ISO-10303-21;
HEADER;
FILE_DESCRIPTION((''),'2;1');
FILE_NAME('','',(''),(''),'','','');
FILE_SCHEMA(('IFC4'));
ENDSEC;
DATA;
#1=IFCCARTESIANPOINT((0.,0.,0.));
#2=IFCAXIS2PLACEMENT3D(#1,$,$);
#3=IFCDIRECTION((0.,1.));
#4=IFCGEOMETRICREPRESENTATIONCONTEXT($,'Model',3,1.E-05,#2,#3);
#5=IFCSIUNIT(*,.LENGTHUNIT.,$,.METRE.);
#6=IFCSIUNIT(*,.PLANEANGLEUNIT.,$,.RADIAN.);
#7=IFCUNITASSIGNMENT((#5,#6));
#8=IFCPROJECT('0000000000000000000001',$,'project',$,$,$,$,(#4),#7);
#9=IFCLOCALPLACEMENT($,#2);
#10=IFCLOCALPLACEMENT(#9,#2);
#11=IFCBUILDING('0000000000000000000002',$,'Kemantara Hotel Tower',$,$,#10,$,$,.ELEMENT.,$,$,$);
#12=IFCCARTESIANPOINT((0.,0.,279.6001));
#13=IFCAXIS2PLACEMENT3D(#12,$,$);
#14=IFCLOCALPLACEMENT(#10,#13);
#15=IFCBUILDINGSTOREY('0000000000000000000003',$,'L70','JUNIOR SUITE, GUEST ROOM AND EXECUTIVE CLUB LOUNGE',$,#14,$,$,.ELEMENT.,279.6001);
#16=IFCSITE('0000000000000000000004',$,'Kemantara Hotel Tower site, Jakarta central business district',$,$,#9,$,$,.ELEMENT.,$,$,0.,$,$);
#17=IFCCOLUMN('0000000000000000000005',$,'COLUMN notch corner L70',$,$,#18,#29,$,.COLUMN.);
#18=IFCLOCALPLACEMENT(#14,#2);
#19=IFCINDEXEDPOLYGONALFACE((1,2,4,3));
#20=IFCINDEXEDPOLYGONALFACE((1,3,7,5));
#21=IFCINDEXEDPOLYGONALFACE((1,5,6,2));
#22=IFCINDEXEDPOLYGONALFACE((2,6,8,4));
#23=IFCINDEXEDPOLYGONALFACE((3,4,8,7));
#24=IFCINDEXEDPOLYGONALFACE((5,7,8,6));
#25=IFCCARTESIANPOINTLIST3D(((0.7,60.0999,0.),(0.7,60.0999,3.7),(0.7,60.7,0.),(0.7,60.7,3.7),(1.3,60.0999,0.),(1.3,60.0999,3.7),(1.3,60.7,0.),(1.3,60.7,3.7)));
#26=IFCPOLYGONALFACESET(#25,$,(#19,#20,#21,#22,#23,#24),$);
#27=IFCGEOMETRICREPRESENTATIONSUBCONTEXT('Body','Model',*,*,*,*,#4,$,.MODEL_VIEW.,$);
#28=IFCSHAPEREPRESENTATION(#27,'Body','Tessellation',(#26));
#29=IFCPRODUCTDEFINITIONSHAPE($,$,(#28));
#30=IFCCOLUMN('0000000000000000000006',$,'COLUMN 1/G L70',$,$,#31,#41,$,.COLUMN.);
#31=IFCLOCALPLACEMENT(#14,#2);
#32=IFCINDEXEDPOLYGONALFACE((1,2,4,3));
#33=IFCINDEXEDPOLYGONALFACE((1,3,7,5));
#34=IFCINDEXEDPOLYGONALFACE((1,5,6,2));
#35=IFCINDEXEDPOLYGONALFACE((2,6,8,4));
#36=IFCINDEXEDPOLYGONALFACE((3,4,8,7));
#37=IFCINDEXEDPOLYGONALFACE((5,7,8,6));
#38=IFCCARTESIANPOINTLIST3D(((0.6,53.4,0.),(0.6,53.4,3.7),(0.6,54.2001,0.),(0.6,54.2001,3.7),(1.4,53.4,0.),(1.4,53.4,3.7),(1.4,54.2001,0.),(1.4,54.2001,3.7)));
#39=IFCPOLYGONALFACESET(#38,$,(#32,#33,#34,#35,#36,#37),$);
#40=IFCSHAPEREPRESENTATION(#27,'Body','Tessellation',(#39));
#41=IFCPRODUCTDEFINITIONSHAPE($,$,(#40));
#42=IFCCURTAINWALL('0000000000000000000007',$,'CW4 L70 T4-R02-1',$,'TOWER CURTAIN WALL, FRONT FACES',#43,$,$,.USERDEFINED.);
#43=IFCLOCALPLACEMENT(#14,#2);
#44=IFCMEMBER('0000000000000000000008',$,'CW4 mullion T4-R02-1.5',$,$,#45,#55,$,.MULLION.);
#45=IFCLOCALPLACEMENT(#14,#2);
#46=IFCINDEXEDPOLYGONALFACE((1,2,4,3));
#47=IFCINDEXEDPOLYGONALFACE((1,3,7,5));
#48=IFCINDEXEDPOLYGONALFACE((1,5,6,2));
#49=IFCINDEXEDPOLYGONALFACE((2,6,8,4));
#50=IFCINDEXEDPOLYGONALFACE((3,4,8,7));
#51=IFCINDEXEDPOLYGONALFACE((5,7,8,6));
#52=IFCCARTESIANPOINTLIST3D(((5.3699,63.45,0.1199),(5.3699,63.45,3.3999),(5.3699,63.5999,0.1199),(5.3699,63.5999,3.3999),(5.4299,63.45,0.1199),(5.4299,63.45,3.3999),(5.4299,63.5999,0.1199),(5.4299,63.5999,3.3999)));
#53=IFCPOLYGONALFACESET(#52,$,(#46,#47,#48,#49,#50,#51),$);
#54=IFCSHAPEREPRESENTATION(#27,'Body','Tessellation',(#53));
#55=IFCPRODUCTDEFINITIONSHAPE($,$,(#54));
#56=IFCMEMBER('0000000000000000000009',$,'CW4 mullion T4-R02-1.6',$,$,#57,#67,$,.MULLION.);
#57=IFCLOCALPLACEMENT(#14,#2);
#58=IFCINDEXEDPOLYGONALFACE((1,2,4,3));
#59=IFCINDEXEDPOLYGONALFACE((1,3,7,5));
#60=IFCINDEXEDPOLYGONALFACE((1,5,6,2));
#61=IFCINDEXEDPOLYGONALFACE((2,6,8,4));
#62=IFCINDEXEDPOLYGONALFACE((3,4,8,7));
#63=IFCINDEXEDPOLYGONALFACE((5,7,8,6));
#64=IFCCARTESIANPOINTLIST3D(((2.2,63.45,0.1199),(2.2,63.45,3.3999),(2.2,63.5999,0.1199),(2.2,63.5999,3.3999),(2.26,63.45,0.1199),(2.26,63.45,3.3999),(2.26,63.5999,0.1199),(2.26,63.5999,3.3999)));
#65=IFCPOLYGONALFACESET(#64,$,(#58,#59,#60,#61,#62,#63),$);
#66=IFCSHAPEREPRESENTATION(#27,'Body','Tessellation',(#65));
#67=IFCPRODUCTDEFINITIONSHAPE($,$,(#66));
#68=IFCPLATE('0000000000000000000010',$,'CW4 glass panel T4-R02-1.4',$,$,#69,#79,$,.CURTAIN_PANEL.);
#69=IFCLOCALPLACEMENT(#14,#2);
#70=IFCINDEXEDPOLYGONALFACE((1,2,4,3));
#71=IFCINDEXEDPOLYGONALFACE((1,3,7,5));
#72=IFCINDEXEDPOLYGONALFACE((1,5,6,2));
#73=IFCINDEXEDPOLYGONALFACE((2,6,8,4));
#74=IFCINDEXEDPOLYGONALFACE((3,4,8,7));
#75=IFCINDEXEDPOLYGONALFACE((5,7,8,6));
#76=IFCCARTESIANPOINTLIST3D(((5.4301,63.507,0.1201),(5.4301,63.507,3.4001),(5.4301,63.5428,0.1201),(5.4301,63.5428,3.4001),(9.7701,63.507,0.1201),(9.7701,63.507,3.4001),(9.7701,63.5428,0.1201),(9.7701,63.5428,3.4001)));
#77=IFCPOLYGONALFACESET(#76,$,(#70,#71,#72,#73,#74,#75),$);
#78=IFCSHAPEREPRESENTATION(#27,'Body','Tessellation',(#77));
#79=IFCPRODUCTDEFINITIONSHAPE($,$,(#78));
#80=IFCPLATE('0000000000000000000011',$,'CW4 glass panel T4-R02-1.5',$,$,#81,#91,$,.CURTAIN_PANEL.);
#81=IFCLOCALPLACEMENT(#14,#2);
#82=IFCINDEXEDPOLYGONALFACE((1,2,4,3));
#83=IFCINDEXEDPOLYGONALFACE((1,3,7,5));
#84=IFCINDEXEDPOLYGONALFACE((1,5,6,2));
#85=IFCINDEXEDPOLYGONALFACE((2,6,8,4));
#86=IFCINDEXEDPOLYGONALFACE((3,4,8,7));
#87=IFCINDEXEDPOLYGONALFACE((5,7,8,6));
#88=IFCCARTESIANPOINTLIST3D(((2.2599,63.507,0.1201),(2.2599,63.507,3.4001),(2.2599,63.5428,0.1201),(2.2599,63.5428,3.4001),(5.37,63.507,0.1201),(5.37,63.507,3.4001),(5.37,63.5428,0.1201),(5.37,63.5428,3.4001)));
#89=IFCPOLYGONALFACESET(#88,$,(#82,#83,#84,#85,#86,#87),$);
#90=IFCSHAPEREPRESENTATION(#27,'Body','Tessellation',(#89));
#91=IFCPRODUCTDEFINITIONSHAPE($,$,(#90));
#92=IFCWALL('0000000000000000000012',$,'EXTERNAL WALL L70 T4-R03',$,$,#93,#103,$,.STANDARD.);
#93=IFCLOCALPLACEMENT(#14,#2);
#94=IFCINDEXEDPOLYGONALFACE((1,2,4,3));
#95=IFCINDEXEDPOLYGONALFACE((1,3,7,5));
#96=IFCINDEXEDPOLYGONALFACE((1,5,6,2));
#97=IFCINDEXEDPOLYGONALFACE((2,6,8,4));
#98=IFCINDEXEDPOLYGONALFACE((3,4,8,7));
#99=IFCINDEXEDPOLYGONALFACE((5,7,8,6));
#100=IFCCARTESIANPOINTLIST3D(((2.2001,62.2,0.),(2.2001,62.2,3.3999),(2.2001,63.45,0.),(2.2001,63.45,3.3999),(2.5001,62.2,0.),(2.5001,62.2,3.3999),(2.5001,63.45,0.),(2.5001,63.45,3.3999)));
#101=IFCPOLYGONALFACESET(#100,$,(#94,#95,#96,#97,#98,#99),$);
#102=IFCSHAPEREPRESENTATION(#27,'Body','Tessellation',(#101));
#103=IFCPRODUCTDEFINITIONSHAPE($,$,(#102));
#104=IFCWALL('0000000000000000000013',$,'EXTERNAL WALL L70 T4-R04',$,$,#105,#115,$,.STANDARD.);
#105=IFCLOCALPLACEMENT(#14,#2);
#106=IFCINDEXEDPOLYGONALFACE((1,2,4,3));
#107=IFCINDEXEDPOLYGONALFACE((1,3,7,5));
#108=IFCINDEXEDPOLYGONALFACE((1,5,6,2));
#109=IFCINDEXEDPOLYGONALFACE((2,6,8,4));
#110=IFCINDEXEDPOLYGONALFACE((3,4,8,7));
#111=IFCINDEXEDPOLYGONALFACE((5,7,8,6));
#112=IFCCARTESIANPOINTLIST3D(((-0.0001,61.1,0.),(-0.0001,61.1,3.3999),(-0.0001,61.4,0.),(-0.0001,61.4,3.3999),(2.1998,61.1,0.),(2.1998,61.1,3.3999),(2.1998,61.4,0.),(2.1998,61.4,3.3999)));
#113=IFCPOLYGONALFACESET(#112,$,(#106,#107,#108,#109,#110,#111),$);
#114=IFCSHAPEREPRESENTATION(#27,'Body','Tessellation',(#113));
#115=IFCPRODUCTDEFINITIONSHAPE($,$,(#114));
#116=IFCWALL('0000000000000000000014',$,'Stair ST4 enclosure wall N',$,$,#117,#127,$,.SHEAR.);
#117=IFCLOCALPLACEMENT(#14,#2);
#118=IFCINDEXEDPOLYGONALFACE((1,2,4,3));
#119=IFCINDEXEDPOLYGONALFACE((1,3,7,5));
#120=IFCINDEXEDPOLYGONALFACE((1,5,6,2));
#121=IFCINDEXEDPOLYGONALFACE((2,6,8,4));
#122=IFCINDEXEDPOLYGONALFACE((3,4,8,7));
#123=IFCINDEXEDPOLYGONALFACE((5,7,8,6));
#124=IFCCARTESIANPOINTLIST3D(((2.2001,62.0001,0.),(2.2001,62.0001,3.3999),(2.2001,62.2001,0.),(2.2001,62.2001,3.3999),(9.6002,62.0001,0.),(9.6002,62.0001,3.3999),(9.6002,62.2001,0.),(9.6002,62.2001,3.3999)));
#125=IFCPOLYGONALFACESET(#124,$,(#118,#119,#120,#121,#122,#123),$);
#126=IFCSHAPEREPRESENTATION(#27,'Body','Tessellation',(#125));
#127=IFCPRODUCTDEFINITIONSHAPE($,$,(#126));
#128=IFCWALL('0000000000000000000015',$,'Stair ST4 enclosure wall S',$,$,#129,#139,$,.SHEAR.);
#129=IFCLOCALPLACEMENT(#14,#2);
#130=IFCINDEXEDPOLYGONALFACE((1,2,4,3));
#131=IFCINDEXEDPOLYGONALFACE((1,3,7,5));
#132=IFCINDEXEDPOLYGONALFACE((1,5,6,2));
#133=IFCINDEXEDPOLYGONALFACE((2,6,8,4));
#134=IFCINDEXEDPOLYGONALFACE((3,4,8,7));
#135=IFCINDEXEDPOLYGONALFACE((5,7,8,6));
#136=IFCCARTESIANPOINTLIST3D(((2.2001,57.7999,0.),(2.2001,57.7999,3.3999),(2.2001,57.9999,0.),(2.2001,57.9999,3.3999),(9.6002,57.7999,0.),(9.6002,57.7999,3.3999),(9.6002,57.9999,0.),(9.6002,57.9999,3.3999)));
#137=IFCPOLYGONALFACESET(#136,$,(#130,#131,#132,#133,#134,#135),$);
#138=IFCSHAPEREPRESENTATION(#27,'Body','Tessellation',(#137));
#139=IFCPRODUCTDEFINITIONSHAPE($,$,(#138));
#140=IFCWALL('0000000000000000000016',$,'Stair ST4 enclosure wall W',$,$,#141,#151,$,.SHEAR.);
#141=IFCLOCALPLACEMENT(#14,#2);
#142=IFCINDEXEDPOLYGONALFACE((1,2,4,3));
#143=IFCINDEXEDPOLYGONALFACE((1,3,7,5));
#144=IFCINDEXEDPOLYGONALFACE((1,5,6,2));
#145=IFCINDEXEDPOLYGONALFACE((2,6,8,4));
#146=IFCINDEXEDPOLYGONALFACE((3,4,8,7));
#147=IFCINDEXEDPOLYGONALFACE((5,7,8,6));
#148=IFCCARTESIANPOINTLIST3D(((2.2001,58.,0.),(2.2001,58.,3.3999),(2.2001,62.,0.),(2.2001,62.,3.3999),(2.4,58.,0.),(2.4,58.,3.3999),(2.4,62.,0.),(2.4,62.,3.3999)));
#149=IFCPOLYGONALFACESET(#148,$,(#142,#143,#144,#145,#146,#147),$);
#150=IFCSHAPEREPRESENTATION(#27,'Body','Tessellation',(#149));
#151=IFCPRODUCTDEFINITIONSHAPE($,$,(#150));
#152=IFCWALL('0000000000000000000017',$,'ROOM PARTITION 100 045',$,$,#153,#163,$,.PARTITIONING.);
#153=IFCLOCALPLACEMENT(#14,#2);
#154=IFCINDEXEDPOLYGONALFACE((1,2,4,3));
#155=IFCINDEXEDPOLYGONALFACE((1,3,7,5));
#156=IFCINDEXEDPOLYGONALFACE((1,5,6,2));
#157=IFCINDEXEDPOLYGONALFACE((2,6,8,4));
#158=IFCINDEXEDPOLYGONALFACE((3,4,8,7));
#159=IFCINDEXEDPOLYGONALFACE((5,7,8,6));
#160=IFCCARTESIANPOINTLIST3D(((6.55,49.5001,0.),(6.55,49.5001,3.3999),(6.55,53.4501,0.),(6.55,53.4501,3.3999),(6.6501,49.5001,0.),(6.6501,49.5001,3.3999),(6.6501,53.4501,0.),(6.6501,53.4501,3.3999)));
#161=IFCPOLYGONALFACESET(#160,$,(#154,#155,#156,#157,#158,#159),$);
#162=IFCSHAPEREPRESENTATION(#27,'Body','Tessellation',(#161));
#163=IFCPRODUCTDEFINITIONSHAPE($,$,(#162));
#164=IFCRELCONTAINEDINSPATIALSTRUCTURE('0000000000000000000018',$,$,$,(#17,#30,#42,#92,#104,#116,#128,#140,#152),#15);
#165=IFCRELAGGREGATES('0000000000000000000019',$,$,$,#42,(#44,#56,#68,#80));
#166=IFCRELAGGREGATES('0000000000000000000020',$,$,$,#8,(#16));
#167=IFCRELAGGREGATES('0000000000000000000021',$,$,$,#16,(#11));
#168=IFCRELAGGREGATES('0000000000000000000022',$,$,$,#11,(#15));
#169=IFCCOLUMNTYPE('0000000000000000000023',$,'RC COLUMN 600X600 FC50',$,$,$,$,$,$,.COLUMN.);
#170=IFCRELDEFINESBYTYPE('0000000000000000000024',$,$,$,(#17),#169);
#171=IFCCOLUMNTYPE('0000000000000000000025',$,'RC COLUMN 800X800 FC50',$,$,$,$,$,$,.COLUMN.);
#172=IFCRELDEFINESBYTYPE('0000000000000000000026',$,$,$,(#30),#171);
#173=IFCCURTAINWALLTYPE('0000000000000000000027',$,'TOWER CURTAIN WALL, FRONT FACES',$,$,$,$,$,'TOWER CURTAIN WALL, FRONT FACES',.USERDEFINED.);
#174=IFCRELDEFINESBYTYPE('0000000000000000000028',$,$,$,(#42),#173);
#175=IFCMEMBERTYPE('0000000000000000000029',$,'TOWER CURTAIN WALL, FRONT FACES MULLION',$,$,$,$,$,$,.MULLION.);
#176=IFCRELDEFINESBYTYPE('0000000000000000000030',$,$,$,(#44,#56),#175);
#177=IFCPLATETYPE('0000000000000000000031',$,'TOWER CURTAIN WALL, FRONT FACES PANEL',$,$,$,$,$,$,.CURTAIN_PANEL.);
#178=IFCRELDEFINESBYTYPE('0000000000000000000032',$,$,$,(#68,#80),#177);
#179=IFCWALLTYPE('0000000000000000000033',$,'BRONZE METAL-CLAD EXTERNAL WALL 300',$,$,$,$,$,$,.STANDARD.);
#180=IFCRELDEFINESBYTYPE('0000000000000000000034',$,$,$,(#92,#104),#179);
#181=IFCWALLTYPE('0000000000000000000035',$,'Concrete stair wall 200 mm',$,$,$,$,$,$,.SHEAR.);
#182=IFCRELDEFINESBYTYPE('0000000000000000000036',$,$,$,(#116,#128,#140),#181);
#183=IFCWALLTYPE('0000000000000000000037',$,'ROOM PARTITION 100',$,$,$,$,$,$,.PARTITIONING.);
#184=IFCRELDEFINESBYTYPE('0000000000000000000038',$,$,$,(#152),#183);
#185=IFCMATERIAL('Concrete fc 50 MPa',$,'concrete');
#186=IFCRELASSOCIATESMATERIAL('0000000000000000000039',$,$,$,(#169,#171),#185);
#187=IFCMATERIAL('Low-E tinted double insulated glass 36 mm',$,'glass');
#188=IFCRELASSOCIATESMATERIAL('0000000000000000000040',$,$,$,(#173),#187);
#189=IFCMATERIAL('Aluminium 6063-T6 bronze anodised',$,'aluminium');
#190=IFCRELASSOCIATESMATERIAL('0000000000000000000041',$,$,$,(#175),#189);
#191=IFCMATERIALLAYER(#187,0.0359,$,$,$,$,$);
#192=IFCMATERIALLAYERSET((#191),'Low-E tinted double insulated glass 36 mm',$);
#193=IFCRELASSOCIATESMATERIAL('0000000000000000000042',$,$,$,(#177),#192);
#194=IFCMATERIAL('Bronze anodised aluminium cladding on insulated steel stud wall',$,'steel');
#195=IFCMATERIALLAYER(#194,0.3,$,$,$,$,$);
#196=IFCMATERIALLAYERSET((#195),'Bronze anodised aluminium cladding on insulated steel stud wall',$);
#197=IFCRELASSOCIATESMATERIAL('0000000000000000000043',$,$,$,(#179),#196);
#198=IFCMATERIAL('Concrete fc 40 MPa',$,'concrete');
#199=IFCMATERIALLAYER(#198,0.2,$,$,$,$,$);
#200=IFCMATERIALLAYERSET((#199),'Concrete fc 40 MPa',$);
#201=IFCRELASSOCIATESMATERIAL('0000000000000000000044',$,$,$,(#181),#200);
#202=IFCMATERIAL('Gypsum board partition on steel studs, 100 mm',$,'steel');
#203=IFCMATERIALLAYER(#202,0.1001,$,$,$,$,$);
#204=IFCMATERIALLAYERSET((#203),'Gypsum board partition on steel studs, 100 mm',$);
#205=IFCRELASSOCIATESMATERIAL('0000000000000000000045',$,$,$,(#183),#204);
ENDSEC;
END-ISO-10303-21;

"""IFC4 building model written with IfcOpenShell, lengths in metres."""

from ifc_helpers import new_model, si_unit, direction, frame, frame_2d, origin, origin_2d, place, context, subcontext, project, spatial, rectangle, extrude, source, transform, mapped, material, layer, layer_set, material_profile, profile_set, type_object, element, aggregate, save


model = new_model("IFC4")

# Units and contexts
model_context = context("Model", 3, precision=1e-05, world=origin(), true_north=direction((0.0, 1.0)))
body_context = subcontext(model_context, "Body", "Model", "MODEL_VIEW")
ifc_project = project(units=[si_unit("LENGTHUNIT", "METRE"), si_unit("PLANEANGLEUNIT", "RADIAN")], contexts=[model_context])

# Site, building, storey
site_placement = place(None, origin())
site = spatial("IfcSite", under=ifc_project, at=site_placement, Name="Kemantara Hotel Tower site, Jakarta central business district", CompositionType="ELEMENT", RefElevation=0.0)
building_placement = place(site_placement, origin())
building = spatial("IfcBuilding", under=site, at=building_placement, Name="Kemantara Hotel Tower", CompositionType="ELEMENT")
storey_placement = place(building_placement, frame((0.0, 0.0, 279.6001)))
storey = spatial("IfcBuildingStorey", under=building, at=storey_placement, Name="L70", Description="JUNIOR SUITE, GUEST ROOM AND EXECUTIVE CLUB LOUNGE", CompositionType="ELEMENT", Elevation=279.6001)

# Columns
ifc_material_1 = material(Name="Concrete fc 50 MPa", Category="concrete")
ifc_material_profile_1 = material_profile(ifc_material_1, rectangle(XDim=0.6001, YDim=0.6001, at=origin_2d()), Name="RC 600X600")
ifc_profile_set_1 = profile_set([ifc_material_profile_1], Name="Concrete fc 50 MPa")
column_type_1 = type_object("IfcColumnType", Name="RC COLUMN 600X600 FC50", PredefinedType="COLUMN", material=ifc_profile_set_1)
column_1_placement = place(storey_placement, frame((1.0, 60.3999, 0.0), z_axis=(0.0, 0.0, 1.0), x_axis=(1.0, 0.0, 0.0)))
element("IfcColumn", 1, at=column_1_placement, inside=storey, type_object=column_type_1, Name="COLUMN notch corner L70", PredefinedType="COLUMN", context=body_context, shape_type="SweptSolid", body=[
    extrude(rectangle(XDim=0.6001, YDim=0.6001, at=origin_2d()), origin(), (0.0, 0.0, 1.0), 3.7),
])
ifc_material_profile_2 = material_profile(ifc_material_1, rectangle(XDim=0.8, YDim=0.8, at=origin_2d()), Name="RC 800X800")
ifc_profile_set_2 = profile_set([ifc_material_profile_2], Name="Concrete fc 50 MPa")
column_type_2 = type_object("IfcColumnType", Name="RC COLUMN 800X800 FC50", PredefinedType="COLUMN", material=ifc_profile_set_2)
column_2_placement = place(storey_placement, frame((1.0, 53.8, 0.0), z_axis=(0.0, 0.0, 1.0), x_axis=(1.0, 0.0, 0.0)))
element("IfcColumn", 2, at=column_2_placement, inside=storey, type_object=column_type_2, Name="COLUMN 1/G L70", PredefinedType="COLUMN", context=body_context, shape_type="SweptSolid", body=[
    extrude(rectangle(XDim=0.8, YDim=0.8, at=origin_2d()), origin(), (0.0, 0.0, 1.0), 3.7),
])

# Curtain wall, members, plates
ifc_material_2 = material(Name="Low-E tinted double insulated glass 36 mm", Category="glass")
curtain_wall_type = type_object("IfcCurtainWallType", Name="TOWER CURTAIN WALL, FRONT FACES", ElementType="TOWER CURTAIN WALL, FRONT FACES", PredefinedType="USERDEFINED", material=ifc_material_2)
curtain_wall_placement = place(storey_placement, origin())
curtain_wall = element("IfcCurtainWall", 3, at=curtain_wall_placement, inside=storey, type_object=curtain_wall_type, Name="CW4 L70 T4-R02-1", ObjectType="TOWER CURTAIN WALL, FRONT FACES", PredefinedType="USERDEFINED")
ifc_material_3 = material(Name="Aluminium 6063-T6 bronze anodised", Category="aluminium")
ifc_material_profile_3 = material_profile(ifc_material_3, rectangle(XDim=0.1499, YDim=0.0601, at=origin_2d()), Name="TOWER CURTAIN WALL, FRONT FACES MULLION")
ifc_profile_set_3 = profile_set([ifc_material_profile_3], Name="Aluminium 6063-T6 bronze anodised")
member_type = type_object("IfcMemberType", Name="TOWER CURTAIN WALL, FRONT FACES MULLION", PredefinedType="MULLION", material=ifc_profile_set_3)
shared_shape_1 = source(origin(), body_context, "Body", "SweptSolid", [
    extrude(rectangle(XDim=0.1499, YDim=0.0601, at=origin_2d()), origin(), (0.0, 0.0, 1.0), 3.28),
])
member_1_placement = place(storey_placement, frame((5.3999, 63.5249, 0.1199), z_axis=(0.0, 0.0, 1.0), x_axis=(0.0, -1.0, 0.0)))
member_1 = element("IfcMember", 4, at=member_1_placement, type_object=member_type, Name="CW4 mullion T4-R02-1.5", PredefinedType="MULLION", context=body_context, shape_type="MappedRepresentation", body=[
    mapped(shared_shape_1, transform((0.0, 0.0, 0.0))),
])
member_2_placement = place(storey_placement, frame((2.23, 63.5249, 0.1199), z_axis=(0.0, 0.0, 1.0), x_axis=(0.0, -1.0, 0.0)))
member_2 = element("IfcMember", 5, at=member_2_placement, type_object=member_type, Name="CW4 mullion T4-R02-1.6", PredefinedType="MULLION", context=body_context, shape_type="MappedRepresentation", body=[
    mapped(shared_shape_1, transform((0.0, 0.0, 0.0))),
])
ifc_layer_1 = layer(ifc_material_2, 0.0359)
ifc_layer_set_1 = layer_set([ifc_layer_1], Name="Low-E tinted double insulated glass 36 mm")
plate_type = type_object("IfcPlateType", Name="TOWER CURTAIN WALL, FRONT FACES PANEL", PredefinedType="CURTAIN_PANEL", material=ifc_layer_set_1)
shared_shape_2 = source(origin(), body_context, "Body", "SweptSolid", [
    extrude(rectangle(XDim=4.3401, YDim=0.0359, at=origin_2d()), origin(), (0.0, 0.0, 1.0), 3.28),
])
plate_1_placement = place(storey_placement, frame((7.6001, 63.5249, 0.1201), z_axis=(0.0, 0.0, 1.0), x_axis=(-1.0, 0.0, 0.0)))
plate_1 = element("IfcPlate", 6, at=plate_1_placement, type_object=plate_type, Name="CW4 glass panel T4-R02-1.4", PredefinedType="CURTAIN_PANEL", context=body_context, shape_type="MappedRepresentation", body=[
    mapped(shared_shape_2, transform((0.0, 0.0, 0.0))),
])
shared_shape_3 = source(origin(), body_context, "Body", "SweptSolid", [
    extrude(rectangle(XDim=3.1101, YDim=0.0359, at=origin_2d()), origin(), (0.0, 0.0, 1.0), 3.28),
])
plate_2_placement = place(storey_placement, frame((3.8149, 63.5249, 0.1201), z_axis=(0.0, 0.0, 1.0), x_axis=(-1.0, 0.0, 0.0)))
plate_2 = element("IfcPlate", 7, at=plate_2_placement, type_object=plate_type, Name="CW4 glass panel T4-R02-1.5", PredefinedType="CURTAIN_PANEL", context=body_context, shape_type="MappedRepresentation", body=[
    mapped(shared_shape_3, transform((0.0, 0.0, 0.0))),
])
aggregate(curtain_wall, [member_1, member_2, plate_1, plate_2])

# Walls
ifc_material_4 = material(Name="Bronze anodised aluminium cladding on insulated steel stud wall", Category="steel")
ifc_layer_2 = layer(ifc_material_4, 0.3)
ifc_layer_set_2 = layer_set([ifc_layer_2], Name="Bronze anodised aluminium cladding on insulated steel stud wall")
wall_type_1 = type_object("IfcWallType", Name="BRONZE METAL-CLAD EXTERNAL WALL 300", PredefinedType="STANDARD", material=ifc_layer_set_2)
wall_1_placement = place(storey_placement, frame((2.3501, 63.45, 0.0), z_axis=(0.0, 0.0, 1.0), x_axis=(0.0, -1.0, 0.0)))
element("IfcWall", 8, at=wall_1_placement, inside=storey, type_object=wall_type_1, Name="EXTERNAL WALL L70 T4-R03", PredefinedType="STANDARD", context=body_context, shape_type="SweptSolid", body=[
    extrude(rectangle(XDim=1.25, YDim=0.3, at=frame_2d((0.625, 0.0))), origin(), (0.0, 0.0, 1.0), 3.3999),
])
wall_2_placement = place(storey_placement, frame((2.2, 61.25, 0.0), z_axis=(0.0, 0.0, 1.0), x_axis=(-1.0, 0.0, 0.0)))
element("IfcWall", 9, at=wall_2_placement, inside=storey, type_object=wall_type_1, Name="EXTERNAL WALL L70 T4-R04", PredefinedType="STANDARD", context=body_context, shape_type="SweptSolid", body=[
    extrude(rectangle(XDim=2.2, YDim=0.3, at=frame_2d((1.1001, 0.0))), origin(), (0.0, 0.0, 1.0), 3.3999),
])

# Walls
ifc_material_5 = material(Name="Concrete fc 40 MPa", Category="concrete")
ifc_layer_3 = layer(ifc_material_5, 0.2)
ifc_layer_set_3 = layer_set([ifc_layer_3], Name="Concrete fc 40 MPa")
wall_type_2 = type_object("IfcWallType", Name="Concrete stair wall 200 mm", PredefinedType="SHEAR", material=ifc_layer_set_3)
for number, where, z_axis, x_axis, name in (
    (10, (2.2, 62.1001, 0.0), (0.0, 0.0, 1.0), (1.0, 0.0, 0.0), "Stair ST4 enclosure wall N"),
    (11, (2.2, 57.8999, 0.0), (0.0, 0.0, 1.0), (1.0, 0.0, 0.0), "Stair ST4 enclosure wall S"),
):
    element("IfcWall", number, at=place(storey_placement, frame(where, z_axis=z_axis, x_axis=x_axis)), inside=storey, type_object=wall_type_2, Name=name, PredefinedType="SHEAR", context=body_context, shape_type="SweptSolid", body=[
        extrude(rectangle(XDim=7.4001, YDim=0.2, at=frame_2d((3.7002, 0.0))), origin(), (0.0, 0.0, 1.0), 3.3999),
    ])
wall_3_placement = place(storey_placement, frame((2.3, 58.0, 0.0), z_axis=(0.0, 0.0, 1.0), x_axis=(0.0, 1.0, 0.0)))
element("IfcWall", 12, at=wall_3_placement, inside=storey, type_object=wall_type_2, Name="Stair ST4 enclosure wall W", PredefinedType="SHEAR", context=body_context, shape_type="SweptSolid", body=[
    extrude(rectangle(XDim=4.0, YDim=0.2, at=frame_2d((2.0, 0.0))), origin(), (0.0, 0.0, 1.0), 3.3999),
])
ifc_material_6 = material(Name="Gypsum board partition on steel studs, 100 mm", Category="steel")
ifc_layer_4 = layer(ifc_material_6, 0.1001)
ifc_layer_set_4 = layer_set([ifc_layer_4], Name="Gypsum board partition on steel studs, 100 mm")
wall_type_3 = type_object("IfcWallType", Name="ROOM PARTITION 100", PredefinedType="PARTITIONING", material=ifc_layer_set_4)
wall_4_placement = place(storey_placement, frame((6.6001, 49.5, 0.0), z_axis=(0.0, 0.0, 1.0), x_axis=(0.0, 1.0, 0.0)))
element("IfcWall", 13, at=wall_4_placement, inside=storey, type_object=wall_type_3, Name="ROOM PARTITION 100 045", PredefinedType="PARTITIONING", context=body_context, shape_type="SweptSolid", body=[
    extrude(rectangle(XDim=3.95, YDim=0.1001, at=frame_2d((1.9751, 0.0))), origin(), (0.0, 0.0, 1.0), 3.3999),
])

save(model, "model.ifc")
